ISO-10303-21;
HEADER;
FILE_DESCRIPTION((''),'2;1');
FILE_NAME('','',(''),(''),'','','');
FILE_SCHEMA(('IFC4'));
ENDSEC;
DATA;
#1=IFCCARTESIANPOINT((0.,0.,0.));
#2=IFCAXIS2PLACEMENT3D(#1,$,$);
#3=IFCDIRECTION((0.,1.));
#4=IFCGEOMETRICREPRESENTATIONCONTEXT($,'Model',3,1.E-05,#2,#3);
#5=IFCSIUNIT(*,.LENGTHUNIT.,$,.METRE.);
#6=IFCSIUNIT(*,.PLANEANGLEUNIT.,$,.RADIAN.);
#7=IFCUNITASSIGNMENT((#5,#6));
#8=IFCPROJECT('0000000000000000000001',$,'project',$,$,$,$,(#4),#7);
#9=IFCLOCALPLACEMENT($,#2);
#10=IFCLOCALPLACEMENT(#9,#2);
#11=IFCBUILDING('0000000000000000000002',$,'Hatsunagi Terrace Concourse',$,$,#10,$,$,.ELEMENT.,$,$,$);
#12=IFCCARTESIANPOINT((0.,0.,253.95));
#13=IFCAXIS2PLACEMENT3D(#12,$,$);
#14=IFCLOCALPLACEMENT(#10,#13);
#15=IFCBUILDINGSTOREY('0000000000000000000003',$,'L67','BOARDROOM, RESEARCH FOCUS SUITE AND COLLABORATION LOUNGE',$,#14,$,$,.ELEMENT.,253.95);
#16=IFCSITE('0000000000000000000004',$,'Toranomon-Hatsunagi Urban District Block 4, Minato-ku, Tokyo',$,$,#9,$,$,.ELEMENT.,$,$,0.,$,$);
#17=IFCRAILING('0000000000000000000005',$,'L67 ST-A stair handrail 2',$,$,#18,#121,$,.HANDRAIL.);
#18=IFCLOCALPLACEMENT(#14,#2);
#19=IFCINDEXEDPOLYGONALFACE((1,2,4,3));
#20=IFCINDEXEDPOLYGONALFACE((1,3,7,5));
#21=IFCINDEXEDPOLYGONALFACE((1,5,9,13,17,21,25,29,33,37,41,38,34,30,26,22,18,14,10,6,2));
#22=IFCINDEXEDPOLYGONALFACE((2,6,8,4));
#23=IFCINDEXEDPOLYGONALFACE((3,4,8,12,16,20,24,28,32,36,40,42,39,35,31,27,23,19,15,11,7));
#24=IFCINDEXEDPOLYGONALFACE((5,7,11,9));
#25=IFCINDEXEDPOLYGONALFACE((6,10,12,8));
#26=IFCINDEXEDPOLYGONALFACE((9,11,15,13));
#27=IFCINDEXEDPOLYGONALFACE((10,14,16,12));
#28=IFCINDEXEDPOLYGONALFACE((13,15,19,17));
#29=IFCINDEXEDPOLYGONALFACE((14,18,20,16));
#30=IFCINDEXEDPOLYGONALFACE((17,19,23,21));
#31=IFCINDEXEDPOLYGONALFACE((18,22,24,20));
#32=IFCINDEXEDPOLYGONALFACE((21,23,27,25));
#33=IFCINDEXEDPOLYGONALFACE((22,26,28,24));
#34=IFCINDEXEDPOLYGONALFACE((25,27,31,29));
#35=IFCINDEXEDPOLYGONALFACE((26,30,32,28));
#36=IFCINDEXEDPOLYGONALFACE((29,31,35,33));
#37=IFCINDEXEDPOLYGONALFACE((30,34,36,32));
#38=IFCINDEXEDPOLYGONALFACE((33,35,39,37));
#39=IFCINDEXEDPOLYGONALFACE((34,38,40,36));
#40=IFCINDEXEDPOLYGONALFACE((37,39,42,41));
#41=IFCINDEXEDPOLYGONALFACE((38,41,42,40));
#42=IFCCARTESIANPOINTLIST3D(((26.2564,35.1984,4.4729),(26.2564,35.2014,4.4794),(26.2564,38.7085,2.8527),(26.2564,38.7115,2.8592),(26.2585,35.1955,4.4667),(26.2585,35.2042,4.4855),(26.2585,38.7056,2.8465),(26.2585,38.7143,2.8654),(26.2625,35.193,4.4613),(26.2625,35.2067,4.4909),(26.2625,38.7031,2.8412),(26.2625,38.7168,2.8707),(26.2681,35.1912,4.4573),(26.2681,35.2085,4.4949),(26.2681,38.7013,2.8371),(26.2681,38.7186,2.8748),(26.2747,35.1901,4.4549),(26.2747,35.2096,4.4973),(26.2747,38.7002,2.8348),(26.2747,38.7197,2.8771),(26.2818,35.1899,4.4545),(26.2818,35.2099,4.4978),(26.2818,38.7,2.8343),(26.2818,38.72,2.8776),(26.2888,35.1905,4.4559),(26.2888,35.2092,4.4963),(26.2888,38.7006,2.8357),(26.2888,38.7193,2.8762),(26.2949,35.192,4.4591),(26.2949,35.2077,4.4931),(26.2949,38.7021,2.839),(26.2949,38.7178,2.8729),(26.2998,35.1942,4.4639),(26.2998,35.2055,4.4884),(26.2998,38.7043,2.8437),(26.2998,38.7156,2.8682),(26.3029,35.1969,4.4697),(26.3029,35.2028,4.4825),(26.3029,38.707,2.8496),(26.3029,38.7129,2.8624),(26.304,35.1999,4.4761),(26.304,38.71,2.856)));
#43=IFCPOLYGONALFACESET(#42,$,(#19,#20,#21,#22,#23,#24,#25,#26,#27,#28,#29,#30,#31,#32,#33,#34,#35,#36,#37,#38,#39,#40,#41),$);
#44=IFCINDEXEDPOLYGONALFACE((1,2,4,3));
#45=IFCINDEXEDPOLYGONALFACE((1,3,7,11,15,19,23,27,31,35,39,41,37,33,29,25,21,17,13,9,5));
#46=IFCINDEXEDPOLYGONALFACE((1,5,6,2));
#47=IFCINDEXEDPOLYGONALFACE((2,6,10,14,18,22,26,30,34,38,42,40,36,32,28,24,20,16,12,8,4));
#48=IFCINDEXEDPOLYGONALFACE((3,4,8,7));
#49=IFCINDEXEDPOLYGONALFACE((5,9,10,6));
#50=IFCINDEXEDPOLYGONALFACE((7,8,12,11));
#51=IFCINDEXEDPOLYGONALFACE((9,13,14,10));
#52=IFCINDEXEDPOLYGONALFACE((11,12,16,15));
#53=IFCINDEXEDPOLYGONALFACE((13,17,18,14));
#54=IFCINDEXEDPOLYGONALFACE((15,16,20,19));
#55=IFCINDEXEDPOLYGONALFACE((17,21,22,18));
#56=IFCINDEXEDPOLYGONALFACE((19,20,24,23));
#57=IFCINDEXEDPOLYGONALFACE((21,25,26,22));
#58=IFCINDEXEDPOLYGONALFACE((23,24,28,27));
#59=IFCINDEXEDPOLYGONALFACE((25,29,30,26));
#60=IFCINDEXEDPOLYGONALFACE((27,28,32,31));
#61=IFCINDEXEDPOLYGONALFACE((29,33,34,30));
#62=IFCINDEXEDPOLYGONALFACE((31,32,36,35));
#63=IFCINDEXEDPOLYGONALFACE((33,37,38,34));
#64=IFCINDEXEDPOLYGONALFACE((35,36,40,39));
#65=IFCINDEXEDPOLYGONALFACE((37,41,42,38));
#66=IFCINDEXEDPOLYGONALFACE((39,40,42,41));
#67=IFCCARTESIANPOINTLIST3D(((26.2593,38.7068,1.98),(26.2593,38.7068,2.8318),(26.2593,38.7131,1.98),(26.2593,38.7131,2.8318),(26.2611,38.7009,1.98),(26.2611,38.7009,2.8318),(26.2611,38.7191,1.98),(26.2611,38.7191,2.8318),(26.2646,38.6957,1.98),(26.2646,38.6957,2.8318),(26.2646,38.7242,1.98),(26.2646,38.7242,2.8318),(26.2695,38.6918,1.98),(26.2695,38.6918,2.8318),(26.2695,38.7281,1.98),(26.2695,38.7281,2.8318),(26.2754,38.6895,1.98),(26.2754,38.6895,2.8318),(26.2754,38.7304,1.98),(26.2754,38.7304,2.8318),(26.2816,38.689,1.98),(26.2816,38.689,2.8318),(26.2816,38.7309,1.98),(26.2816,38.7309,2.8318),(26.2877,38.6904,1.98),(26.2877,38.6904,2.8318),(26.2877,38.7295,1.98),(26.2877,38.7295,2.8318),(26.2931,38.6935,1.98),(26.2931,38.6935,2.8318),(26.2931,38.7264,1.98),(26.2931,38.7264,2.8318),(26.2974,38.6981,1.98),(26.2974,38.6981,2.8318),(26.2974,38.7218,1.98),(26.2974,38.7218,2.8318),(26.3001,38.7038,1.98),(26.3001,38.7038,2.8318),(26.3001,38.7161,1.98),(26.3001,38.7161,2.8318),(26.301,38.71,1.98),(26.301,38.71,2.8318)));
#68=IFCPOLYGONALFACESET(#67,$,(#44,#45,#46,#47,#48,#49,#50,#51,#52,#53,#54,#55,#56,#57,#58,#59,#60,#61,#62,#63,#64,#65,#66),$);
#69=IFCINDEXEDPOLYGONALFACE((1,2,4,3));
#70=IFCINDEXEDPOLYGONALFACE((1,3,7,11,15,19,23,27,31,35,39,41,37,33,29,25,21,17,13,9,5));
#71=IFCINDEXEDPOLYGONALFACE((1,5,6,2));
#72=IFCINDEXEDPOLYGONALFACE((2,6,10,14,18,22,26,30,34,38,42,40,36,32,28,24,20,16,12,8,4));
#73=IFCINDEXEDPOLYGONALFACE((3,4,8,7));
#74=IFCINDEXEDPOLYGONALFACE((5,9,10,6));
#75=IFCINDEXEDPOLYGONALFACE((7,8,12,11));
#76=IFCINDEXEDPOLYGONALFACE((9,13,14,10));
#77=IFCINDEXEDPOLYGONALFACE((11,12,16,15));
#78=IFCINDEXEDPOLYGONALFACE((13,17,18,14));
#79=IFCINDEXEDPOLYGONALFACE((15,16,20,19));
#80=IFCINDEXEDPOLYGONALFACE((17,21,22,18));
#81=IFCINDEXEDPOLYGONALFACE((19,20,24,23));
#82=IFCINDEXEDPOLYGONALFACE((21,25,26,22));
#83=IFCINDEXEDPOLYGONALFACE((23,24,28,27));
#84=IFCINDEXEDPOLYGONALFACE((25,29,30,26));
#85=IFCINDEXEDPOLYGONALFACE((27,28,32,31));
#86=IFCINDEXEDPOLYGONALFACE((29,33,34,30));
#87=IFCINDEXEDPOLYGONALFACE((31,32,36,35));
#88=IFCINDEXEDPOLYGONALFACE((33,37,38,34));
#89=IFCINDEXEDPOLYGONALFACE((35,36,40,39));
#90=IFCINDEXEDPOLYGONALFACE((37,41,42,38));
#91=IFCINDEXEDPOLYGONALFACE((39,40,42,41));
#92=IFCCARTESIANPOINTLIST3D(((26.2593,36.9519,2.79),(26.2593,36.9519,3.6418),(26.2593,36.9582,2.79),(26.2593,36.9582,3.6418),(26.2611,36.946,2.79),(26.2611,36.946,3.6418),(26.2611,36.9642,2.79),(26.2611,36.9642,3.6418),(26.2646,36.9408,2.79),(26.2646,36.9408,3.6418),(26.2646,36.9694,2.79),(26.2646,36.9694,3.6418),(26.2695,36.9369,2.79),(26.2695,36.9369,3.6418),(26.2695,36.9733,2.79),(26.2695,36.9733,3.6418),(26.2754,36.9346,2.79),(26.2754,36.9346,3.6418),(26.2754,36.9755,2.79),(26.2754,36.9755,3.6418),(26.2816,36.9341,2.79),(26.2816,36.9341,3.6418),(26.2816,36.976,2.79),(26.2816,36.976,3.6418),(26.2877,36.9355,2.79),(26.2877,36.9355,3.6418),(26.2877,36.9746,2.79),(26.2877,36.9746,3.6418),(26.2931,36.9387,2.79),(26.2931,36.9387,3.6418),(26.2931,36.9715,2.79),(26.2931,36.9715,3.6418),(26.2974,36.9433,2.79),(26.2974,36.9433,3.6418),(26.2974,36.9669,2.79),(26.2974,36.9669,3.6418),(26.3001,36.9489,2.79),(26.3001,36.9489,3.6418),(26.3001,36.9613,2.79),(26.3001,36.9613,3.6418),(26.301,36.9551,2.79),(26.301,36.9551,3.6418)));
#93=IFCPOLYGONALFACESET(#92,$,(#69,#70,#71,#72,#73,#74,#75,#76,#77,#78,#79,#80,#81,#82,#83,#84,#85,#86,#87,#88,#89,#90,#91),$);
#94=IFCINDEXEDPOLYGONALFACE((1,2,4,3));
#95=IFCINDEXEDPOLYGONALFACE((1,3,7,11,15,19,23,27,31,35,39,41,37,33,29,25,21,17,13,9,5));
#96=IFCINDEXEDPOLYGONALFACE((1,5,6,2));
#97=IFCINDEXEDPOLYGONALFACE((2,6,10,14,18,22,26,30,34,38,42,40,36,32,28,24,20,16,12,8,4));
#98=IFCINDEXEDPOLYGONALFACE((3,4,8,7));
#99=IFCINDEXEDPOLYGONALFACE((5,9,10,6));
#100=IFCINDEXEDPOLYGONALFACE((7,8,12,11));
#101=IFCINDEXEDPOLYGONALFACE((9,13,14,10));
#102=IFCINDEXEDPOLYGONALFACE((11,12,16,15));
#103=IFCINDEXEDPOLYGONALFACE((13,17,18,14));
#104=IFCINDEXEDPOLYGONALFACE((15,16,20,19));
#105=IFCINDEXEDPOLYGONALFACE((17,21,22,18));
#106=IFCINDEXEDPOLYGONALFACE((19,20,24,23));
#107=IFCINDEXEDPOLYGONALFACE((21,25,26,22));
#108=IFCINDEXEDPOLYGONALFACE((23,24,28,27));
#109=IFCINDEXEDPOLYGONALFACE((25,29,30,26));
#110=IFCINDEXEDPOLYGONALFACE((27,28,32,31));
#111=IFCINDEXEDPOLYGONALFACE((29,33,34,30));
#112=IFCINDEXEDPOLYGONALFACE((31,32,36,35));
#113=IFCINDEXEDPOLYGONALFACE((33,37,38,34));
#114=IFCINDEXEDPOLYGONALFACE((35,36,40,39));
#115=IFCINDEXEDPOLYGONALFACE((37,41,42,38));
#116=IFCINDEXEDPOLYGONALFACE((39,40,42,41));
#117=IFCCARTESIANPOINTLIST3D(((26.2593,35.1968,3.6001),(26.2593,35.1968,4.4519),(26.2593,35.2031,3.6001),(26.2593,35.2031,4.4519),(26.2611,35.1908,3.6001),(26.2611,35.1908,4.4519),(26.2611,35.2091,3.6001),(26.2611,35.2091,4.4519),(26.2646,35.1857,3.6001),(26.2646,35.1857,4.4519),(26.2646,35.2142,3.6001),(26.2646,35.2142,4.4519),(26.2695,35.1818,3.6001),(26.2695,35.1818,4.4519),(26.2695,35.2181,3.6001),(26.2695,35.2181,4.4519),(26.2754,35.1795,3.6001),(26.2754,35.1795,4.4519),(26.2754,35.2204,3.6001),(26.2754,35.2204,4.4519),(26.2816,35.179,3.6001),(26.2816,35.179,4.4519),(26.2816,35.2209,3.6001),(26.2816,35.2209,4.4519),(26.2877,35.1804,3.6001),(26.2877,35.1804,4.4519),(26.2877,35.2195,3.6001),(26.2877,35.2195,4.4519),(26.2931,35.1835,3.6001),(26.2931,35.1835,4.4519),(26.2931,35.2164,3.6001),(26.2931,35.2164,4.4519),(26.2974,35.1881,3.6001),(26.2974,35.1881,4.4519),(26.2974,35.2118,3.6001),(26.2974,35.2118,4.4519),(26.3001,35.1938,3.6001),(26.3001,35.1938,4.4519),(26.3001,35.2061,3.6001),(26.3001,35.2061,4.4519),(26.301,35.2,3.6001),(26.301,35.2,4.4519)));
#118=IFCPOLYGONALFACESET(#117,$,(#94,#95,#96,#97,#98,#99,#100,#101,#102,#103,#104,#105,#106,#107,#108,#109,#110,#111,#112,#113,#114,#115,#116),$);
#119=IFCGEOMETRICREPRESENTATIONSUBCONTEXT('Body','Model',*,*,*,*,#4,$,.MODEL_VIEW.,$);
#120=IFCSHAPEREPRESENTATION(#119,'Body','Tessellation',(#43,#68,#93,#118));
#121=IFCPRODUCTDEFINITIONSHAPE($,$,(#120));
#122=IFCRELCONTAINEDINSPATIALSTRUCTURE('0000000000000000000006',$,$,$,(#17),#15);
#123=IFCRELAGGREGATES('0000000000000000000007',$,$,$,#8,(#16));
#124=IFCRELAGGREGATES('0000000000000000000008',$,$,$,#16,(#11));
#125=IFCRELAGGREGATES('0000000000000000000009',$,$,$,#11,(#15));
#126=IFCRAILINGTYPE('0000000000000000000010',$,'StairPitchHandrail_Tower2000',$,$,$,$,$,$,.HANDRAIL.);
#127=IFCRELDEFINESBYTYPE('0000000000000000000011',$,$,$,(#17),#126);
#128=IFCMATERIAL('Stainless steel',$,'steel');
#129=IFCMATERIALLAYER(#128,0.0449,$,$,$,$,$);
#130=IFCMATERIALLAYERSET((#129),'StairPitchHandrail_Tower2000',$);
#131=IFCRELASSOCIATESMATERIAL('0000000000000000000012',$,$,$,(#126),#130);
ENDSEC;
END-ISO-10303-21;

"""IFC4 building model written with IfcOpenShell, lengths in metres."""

from ifc_helpers import new_model, si_unit, direction, frame, origin, origin_2d, place, context, subcontext, project, spatial, circle, extrude, material, layer, layer_set, type_object, element, save


model = new_model("IFC4")

# Units and contexts
model_context = context("Model", 3, precision=1e-05, world=origin(), true_north=direction((0.0, 1.0)))
body_context = subcontext(model_context, "Body", "Model", "MODEL_VIEW")
ifc_project = project(units=[si_unit("LENGTHUNIT", "METRE"), si_unit("PLANEANGLEUNIT", "RADIAN")], contexts=[model_context])

# Site, building, storey
site_placement = place(None, origin())
site = spatial("IfcSite", under=ifc_project, at=site_placement, Name="Toranomon-Hatsunagi Urban District Block 4, Minato-ku, Tokyo", CompositionType="ELEMENT", RefElevation=0.0)
building_placement = place(site_placement, origin())
building = spatial("IfcBuilding", under=site, at=building_placement, Name="Hatsunagi Terrace Concourse", CompositionType="ELEMENT")
storey_placement = place(building_placement, frame((0.0, 0.0, 253.95)))
storey = spatial("IfcBuildingStorey", under=building, at=storey_placement, Name="L67", Description="BOARDROOM, RESEARCH FOCUS SUITE AND COLLABORATION LOUNGE", CompositionType="ELEMENT", Elevation=253.95)

# Railing
ifc_material_1 = material(Name="Stainless steel", Category="steel")
ifc_layer_1 = layer(ifc_material_1, 0.0449)
ifc_layer_set_1 = layer_set([ifc_layer_1], Name="StairPitchHandrail_Tower2000")
railing_type_1 = type_object("IfcRailingType", Name="StairPitchHandrail_Tower2000", PredefinedType="HANDRAIL", material=ifc_layer_set_1)
railing_1_placement = place(storey_placement, frame((26.28, 38.71, 1.98)))
element("IfcRailing", 1, at=railing_1_placement, inside=storey, type_object=railing_type_1, Name="L67 ST-A stair handrail 2", PredefinedType="HANDRAIL", context=body_context, shape_type="SweptSolid", body=[
    extrude(circle(Radius=0.0239, at=origin_2d()), frame((0.0, 0.0, 0.876), z_axis=(0.0, -0.907948, 0.419082), x_axis=(1.0, 0.0, 0.0)), (0.0, 0.0, 1.0), 3.866),
    extrude(circle(Radius=0.021, at=origin_2d()), origin(), (0.0, 0.0, 1.0), 0.8518),
    extrude(circle(Radius=0.021, at=origin_2d()), frame((0.0, -1.7549, 0.8101)), (0.0, 0.0, 1.0), 0.8518),
    extrude(circle(Radius=0.021, at=origin_2d()), frame((0.0, -3.51, 1.6201)), (0.0, 0.0, 1.0), 0.8518),
])

save(model, "model.ifc")
